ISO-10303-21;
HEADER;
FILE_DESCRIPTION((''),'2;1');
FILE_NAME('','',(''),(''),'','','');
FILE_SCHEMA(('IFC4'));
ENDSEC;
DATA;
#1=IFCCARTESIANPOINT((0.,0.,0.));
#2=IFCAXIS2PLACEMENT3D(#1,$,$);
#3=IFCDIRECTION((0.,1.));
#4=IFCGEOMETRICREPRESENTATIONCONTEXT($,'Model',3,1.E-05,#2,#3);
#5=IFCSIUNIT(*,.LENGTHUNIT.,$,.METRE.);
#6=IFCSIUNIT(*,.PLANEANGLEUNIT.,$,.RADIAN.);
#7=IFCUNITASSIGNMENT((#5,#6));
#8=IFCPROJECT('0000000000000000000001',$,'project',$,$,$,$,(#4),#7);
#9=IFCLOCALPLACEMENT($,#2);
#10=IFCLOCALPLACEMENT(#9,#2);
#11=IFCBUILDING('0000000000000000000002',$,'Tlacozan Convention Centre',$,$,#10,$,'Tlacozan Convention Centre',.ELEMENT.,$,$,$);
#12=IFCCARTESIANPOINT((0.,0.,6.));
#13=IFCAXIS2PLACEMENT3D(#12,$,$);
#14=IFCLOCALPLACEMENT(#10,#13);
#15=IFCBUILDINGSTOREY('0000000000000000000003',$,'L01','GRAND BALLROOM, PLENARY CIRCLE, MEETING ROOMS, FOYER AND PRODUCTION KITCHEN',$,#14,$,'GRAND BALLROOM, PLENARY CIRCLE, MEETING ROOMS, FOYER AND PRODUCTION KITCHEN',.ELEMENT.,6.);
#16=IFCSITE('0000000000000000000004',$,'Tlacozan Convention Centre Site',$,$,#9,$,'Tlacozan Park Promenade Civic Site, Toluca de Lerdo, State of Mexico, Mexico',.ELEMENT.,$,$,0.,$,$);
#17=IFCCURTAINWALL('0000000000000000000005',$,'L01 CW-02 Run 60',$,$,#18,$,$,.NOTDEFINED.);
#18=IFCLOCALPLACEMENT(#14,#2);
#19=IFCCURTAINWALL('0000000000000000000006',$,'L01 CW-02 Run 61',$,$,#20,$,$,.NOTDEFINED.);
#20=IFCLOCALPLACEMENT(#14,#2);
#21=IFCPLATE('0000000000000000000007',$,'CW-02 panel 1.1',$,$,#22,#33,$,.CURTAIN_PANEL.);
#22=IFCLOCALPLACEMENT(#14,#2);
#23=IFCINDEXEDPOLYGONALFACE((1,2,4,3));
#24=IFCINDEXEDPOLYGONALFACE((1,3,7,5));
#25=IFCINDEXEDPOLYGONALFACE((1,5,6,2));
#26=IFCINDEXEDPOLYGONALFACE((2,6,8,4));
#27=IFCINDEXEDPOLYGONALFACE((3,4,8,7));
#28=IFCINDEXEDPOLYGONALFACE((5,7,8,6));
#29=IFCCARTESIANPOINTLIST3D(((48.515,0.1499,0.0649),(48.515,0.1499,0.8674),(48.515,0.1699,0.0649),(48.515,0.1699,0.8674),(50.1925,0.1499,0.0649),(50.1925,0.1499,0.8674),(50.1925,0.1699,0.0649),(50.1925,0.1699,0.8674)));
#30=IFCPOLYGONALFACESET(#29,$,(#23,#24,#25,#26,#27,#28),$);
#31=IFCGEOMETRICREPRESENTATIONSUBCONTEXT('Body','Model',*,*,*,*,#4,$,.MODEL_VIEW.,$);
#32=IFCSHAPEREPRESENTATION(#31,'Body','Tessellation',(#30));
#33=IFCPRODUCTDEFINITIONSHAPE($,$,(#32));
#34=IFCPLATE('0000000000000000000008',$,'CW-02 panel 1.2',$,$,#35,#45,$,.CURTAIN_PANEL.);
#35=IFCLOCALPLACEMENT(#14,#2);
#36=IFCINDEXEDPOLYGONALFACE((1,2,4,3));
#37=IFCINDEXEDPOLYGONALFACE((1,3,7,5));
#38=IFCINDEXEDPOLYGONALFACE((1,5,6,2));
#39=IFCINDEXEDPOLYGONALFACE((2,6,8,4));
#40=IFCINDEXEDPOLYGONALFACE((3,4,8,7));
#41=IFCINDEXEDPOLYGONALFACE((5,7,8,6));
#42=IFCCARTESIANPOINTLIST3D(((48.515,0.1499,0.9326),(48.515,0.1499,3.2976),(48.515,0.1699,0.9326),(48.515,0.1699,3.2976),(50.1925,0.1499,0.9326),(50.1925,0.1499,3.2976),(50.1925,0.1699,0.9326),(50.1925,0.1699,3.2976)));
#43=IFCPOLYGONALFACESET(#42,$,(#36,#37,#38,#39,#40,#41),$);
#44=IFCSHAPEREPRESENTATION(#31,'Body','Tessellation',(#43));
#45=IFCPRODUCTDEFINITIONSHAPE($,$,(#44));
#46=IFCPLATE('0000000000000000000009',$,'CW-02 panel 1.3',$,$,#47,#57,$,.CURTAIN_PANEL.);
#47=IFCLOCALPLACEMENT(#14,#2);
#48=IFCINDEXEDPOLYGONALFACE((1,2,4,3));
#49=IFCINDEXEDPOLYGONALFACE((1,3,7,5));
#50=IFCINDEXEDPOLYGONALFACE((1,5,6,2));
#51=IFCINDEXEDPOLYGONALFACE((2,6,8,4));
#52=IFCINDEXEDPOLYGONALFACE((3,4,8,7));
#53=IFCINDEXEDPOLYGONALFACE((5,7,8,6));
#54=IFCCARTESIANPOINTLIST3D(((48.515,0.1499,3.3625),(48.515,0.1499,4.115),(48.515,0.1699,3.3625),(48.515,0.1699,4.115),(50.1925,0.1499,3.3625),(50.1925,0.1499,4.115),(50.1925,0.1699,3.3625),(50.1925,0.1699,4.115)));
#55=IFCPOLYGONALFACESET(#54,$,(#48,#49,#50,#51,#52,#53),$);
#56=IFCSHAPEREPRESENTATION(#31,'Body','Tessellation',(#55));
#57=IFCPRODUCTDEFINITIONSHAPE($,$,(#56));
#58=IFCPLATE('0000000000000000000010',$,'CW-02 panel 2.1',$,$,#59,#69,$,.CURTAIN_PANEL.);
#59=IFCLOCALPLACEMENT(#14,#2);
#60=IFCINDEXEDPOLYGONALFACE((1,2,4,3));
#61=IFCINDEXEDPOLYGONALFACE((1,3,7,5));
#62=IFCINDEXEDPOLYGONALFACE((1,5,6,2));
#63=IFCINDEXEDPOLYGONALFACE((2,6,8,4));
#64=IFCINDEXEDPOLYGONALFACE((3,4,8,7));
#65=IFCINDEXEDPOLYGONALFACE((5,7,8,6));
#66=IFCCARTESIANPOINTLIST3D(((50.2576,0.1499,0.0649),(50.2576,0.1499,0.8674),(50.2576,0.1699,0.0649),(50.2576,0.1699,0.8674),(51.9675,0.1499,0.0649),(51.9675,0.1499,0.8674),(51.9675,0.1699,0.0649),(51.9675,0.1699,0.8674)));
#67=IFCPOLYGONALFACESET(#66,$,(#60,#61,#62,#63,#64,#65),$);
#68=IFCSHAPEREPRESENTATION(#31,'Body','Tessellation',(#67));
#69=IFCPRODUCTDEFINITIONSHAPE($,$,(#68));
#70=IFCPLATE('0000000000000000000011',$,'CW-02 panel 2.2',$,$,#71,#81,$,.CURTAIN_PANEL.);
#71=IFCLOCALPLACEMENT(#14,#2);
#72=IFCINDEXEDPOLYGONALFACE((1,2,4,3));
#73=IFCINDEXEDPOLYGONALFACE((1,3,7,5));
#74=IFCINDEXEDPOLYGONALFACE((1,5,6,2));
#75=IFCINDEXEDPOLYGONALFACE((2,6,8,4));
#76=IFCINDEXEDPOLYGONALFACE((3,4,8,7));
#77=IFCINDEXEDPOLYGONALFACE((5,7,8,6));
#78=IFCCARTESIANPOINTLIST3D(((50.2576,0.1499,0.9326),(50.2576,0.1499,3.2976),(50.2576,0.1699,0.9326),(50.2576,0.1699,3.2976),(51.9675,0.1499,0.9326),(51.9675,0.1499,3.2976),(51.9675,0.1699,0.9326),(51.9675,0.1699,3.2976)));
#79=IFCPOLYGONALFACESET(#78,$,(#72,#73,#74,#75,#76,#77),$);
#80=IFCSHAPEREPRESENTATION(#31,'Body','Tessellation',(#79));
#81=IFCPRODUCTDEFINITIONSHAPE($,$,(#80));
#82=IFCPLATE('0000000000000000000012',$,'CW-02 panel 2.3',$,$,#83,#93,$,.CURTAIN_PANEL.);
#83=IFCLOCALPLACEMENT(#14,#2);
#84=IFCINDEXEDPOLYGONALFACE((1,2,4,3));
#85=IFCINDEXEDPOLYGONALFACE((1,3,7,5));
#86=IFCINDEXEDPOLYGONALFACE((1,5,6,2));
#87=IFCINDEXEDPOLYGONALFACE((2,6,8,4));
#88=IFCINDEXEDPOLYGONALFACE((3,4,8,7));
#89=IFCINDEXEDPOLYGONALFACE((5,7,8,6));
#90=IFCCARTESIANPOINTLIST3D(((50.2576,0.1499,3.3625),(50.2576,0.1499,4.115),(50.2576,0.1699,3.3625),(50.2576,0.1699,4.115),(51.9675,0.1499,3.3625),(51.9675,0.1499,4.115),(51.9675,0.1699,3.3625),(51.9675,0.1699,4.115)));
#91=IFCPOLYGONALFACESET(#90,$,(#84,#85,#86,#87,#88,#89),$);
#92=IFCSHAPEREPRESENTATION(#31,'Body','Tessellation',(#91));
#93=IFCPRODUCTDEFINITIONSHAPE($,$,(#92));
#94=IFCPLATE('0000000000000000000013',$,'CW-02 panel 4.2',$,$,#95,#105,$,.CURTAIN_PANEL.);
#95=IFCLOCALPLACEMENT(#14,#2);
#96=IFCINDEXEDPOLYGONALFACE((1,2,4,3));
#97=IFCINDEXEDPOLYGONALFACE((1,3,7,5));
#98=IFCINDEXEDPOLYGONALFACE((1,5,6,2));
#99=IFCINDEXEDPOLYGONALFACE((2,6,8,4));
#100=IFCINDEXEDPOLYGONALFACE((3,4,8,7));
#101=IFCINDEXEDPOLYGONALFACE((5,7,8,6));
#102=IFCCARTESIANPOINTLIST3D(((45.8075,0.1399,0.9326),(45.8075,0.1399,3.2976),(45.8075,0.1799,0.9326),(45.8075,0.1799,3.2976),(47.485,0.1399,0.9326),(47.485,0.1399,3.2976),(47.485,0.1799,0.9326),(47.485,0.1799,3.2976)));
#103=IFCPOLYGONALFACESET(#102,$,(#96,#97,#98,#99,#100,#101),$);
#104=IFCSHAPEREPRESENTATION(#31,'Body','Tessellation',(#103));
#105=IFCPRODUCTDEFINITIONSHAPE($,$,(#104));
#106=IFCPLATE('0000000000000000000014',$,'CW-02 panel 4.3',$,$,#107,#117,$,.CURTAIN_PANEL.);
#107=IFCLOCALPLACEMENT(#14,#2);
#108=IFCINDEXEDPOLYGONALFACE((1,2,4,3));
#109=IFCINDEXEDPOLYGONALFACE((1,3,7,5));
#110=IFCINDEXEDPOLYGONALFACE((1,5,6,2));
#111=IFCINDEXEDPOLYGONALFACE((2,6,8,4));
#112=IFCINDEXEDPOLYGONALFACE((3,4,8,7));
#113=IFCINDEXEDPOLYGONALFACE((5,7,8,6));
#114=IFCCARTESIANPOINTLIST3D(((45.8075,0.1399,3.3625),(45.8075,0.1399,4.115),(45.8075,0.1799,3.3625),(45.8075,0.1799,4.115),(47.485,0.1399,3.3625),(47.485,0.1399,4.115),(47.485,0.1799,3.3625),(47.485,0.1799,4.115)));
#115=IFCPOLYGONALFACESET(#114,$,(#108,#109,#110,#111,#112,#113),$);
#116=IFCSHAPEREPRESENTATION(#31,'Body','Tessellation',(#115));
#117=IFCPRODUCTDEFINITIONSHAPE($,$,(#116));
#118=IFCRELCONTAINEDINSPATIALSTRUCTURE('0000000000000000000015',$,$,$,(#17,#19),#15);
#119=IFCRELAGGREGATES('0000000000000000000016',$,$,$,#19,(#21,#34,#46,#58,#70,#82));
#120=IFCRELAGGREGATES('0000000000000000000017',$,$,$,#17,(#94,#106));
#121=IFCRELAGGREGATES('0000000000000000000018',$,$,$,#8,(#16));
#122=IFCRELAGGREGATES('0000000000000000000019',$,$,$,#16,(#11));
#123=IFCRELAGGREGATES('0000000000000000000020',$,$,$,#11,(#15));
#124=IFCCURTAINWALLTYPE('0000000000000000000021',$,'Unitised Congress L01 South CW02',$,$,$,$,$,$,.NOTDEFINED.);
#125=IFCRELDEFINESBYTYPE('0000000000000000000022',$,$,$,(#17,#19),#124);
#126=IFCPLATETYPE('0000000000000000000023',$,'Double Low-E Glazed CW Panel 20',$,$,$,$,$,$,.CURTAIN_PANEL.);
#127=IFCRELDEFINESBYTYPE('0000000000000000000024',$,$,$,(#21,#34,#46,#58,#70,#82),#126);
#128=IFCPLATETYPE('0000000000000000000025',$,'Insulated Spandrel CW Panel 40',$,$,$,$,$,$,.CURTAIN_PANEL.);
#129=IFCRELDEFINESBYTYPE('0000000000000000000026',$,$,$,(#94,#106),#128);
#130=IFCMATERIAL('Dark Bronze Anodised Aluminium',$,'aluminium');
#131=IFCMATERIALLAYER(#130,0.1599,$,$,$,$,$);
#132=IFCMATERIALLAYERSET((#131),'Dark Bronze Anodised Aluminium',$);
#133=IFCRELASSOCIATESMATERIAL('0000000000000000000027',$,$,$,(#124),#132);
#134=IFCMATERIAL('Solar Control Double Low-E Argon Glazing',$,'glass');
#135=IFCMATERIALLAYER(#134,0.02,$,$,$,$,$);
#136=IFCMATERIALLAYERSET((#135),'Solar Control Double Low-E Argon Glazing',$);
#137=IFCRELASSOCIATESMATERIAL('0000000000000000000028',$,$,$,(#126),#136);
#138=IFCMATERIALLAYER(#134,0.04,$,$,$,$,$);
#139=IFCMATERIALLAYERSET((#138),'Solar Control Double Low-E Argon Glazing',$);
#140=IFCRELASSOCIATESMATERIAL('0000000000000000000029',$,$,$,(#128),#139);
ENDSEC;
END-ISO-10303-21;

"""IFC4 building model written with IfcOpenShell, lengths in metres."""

from ifc_helpers import new_model, si_unit, direction, frame, origin, origin_2d, place, context, subcontext, project, spatial, rectangle, extrude, material, layer, layer_set, type_object, element, aggregate, save


model = new_model("IFC4")

# Units and contexts
model_context = context("Model", 3, precision=1e-05, world=origin(), true_north=direction((0.0, 1.0)))
body_context = subcontext(model_context, "Body", "Model", "MODEL_VIEW")
ifc_project = project(units=[si_unit("LENGTHUNIT", "METRE"), si_unit("PLANEANGLEUNIT", "RADIAN")], contexts=[model_context])

# Site, building, storey
site_placement = place(None, origin())
site = spatial("IfcSite", under=ifc_project, at=site_placement, Name="Tlacozan Convention Centre Site", LongName="Tlacozan Park Promenade Civic Site, Toluca de Lerdo, State of Mexico, Mexico", CompositionType="ELEMENT", RefElevation=0.0)
building_placement = place(site_placement, origin())
building = spatial("IfcBuilding", under=site, at=building_placement, Name="Tlacozan Convention Centre", LongName="Tlacozan Convention Centre", CompositionType="ELEMENT")
storey_placement = place(building_placement, frame((0.0, 0.0, 6.0)))
storey = spatial("IfcBuildingStorey", under=building, at=storey_placement, Name="L01", Description="GRAND BALLROOM, PLENARY CIRCLE, MEETING ROOMS, FOYER AND PRODUCTION KITCHEN", LongName="GRAND BALLROOM, PLENARY CIRCLE, MEETING ROOMS, FOYER AND PRODUCTION KITCHEN", CompositionType="ELEMENT", Elevation=6.0)

# Curtain wall
ifc_material_1 = material(Name="Dark Bronze Anodised Aluminium", Category="aluminium")
ifc_layer_1 = layer(ifc_material_1, 0.1599)
ifc_layer_set_1 = layer_set([ifc_layer_1], Name="Dark Bronze Anodised Aluminium")
curtain_wall_type = type_object("IfcCurtainWallType", Name="Unitised Congress L01 South CW02", PredefinedType="NOTDEFINED", material=ifc_layer_set_1)
curtain_wall_1_placement = place(storey_placement, origin())
curtain_wall_1 = element("IfcCurtainWall", 1, at=curtain_wall_1_placement, inside=storey, type_object=curtain_wall_type, Name="L01 CW-02 Run 60", PredefinedType="NOTDEFINED")

# Curtain wall, plates
curtain_wall_2_placement = place(storey_placement, origin())
curtain_wall_2 = element("IfcCurtainWall", 2, at=curtain_wall_2_placement, inside=storey, type_object=curtain_wall_type, Name="L01 CW-02 Run 61", PredefinedType="NOTDEFINED")
ifc_material_2 = material(Name="Solar Control Double Low-E Argon Glazing", Category="glass")
ifc_layer_2 = layer(ifc_material_2, 0.02)
ifc_layer_set_2 = layer_set([ifc_layer_2], Name="Solar Control Double Low-E Argon Glazing")
plate_type_1 = type_object("IfcPlateType", Name="Double Low-E Glazed CW Panel 20", PredefinedType="CURTAIN_PANEL", material=ifc_layer_set_2)
plate_1_placement = place(storey_placement, frame((49.3538, 0.1599, 0.0649), z_axis=(0.0, 0.0, 1.0), x_axis=(1.0, 0.0, 0.0)))
plate_1 = element("IfcPlate", 3, at=plate_1_placement, type_object=plate_type_1, Name="CW-02 panel 1.1", PredefinedType="CURTAIN_PANEL", context=body_context, shape_type="SweptSolid", body=[
    extrude(rectangle(XDim=1.6775, YDim=0.02, at=origin_2d()), origin(), (0.0, 0.0, 1.0), 0.8025),
])
plate_2_placement = place(storey_placement, frame((49.3538, 0.1599, 0.9326), z_axis=(0.0, 0.0, 1.0), x_axis=(1.0, 0.0, 0.0)))
plate_2 = element("IfcPlate", 4, at=plate_2_placement, type_object=plate_type_1, Name="CW-02 panel 1.2", PredefinedType="CURTAIN_PANEL", context=body_context, shape_type="SweptSolid", body=[
    extrude(rectangle(XDim=1.6775, YDim=0.02, at=origin_2d()), origin(), (0.0, 0.0, 1.0), 2.365),
])
plate_3_placement = place(storey_placement, frame((49.3538, 0.1599, 3.3625), z_axis=(0.0, 0.0, 1.0), x_axis=(1.0, 0.0, 0.0)))
plate_3 = element("IfcPlate", 5, at=plate_3_placement, type_object=plate_type_1, Name="CW-02 panel 1.3", PredefinedType="CURTAIN_PANEL", context=body_context, shape_type="SweptSolid", body=[
    extrude(rectangle(XDim=1.6775, YDim=0.02, at=origin_2d()), origin(), (0.0, 0.0, 1.0), 0.7524),
])
plate_4_placement = place(storey_placement, frame((51.1125, 0.1599, 0.0649), z_axis=(0.0, 0.0, 1.0), x_axis=(1.0, 0.0, 0.0)))
plate_4 = element("IfcPlate", 6, at=plate_4_placement, type_object=plate_type_1, Name="CW-02 panel 2.1", PredefinedType="CURTAIN_PANEL", context=body_context, shape_type="SweptSolid", body=[
    extrude(rectangle(XDim=1.71, YDim=0.02, at=origin_2d()), origin(), (0.0, 0.0, 1.0), 0.8025),
])
plate_5_placement = place(storey_placement, frame((51.1125, 0.1599, 0.9326), z_axis=(0.0, 0.0, 1.0), x_axis=(1.0, 0.0, 0.0)))
plate_5 = element("IfcPlate", 7, at=plate_5_placement, type_object=plate_type_1, Name="CW-02 panel 2.2", PredefinedType="CURTAIN_PANEL", context=body_context, shape_type="SweptSolid", body=[
    extrude(rectangle(XDim=1.71, YDim=0.02, at=origin_2d()), origin(), (0.0, 0.0, 1.0), 2.365),
])
plate_6_placement = place(storey_placement, frame((51.1125, 0.1599, 3.3625), z_axis=(0.0, 0.0, 1.0), x_axis=(1.0, 0.0, 0.0)))
plate_6 = element("IfcPlate", 8, at=plate_6_placement, type_object=plate_type_1, Name="CW-02 panel 2.3", PredefinedType="CURTAIN_PANEL", context=body_context, shape_type="SweptSolid", body=[
    extrude(rectangle(XDim=1.71, YDim=0.02, at=origin_2d()), origin(), (0.0, 0.0, 1.0), 0.7524),
])
aggregate(curtain_wall_2, [plate_1, plate_2, plate_3, plate_4, plate_5, plate_6])

# Plates
ifc_layer_3 = layer(ifc_material_2, 0.04)
ifc_layer_set_3 = layer_set([ifc_layer_3], Name="Solar Control Double Low-E Argon Glazing")
plate_type_2 = type_object("IfcPlateType", Name="Insulated Spandrel CW Panel 40", PredefinedType="CURTAIN_PANEL", material=ifc_layer_set_3)
plate_7_placement = place(storey_placement, frame((46.6462, 0.1599, 0.9326), z_axis=(0.0, 0.0, 1.0), x_axis=(1.0, 0.0, 0.0)))
plate_7 = element("IfcPlate", 9, at=plate_7_placement, type_object=plate_type_2, Name="CW-02 panel 4.2", PredefinedType="CURTAIN_PANEL", context=body_context, shape_type="SweptSolid", body=[
    extrude(rectangle(XDim=1.6775, YDim=0.04, at=origin_2d()), origin(), (0.0, 0.0, 1.0), 2.365),
])
plate_8_placement = place(storey_placement, frame((46.6462, 0.1599, 3.3625), z_axis=(0.0, 0.0, 1.0), x_axis=(1.0, 0.0, 0.0)))
plate_8 = element("IfcPlate", 10, at=plate_8_placement, type_object=plate_type_2, Name="CW-02 panel 4.3", PredefinedType="CURTAIN_PANEL", context=body_context, shape_type="SweptSolid", body=[
    extrude(rectangle(XDim=1.6775, YDim=0.04, at=origin_2d()), origin(), (0.0, 0.0, 1.0), 0.7524),
])
aggregate(curtain_wall_1, [plate_7, plate_8])

save(model, "model.ifc")
